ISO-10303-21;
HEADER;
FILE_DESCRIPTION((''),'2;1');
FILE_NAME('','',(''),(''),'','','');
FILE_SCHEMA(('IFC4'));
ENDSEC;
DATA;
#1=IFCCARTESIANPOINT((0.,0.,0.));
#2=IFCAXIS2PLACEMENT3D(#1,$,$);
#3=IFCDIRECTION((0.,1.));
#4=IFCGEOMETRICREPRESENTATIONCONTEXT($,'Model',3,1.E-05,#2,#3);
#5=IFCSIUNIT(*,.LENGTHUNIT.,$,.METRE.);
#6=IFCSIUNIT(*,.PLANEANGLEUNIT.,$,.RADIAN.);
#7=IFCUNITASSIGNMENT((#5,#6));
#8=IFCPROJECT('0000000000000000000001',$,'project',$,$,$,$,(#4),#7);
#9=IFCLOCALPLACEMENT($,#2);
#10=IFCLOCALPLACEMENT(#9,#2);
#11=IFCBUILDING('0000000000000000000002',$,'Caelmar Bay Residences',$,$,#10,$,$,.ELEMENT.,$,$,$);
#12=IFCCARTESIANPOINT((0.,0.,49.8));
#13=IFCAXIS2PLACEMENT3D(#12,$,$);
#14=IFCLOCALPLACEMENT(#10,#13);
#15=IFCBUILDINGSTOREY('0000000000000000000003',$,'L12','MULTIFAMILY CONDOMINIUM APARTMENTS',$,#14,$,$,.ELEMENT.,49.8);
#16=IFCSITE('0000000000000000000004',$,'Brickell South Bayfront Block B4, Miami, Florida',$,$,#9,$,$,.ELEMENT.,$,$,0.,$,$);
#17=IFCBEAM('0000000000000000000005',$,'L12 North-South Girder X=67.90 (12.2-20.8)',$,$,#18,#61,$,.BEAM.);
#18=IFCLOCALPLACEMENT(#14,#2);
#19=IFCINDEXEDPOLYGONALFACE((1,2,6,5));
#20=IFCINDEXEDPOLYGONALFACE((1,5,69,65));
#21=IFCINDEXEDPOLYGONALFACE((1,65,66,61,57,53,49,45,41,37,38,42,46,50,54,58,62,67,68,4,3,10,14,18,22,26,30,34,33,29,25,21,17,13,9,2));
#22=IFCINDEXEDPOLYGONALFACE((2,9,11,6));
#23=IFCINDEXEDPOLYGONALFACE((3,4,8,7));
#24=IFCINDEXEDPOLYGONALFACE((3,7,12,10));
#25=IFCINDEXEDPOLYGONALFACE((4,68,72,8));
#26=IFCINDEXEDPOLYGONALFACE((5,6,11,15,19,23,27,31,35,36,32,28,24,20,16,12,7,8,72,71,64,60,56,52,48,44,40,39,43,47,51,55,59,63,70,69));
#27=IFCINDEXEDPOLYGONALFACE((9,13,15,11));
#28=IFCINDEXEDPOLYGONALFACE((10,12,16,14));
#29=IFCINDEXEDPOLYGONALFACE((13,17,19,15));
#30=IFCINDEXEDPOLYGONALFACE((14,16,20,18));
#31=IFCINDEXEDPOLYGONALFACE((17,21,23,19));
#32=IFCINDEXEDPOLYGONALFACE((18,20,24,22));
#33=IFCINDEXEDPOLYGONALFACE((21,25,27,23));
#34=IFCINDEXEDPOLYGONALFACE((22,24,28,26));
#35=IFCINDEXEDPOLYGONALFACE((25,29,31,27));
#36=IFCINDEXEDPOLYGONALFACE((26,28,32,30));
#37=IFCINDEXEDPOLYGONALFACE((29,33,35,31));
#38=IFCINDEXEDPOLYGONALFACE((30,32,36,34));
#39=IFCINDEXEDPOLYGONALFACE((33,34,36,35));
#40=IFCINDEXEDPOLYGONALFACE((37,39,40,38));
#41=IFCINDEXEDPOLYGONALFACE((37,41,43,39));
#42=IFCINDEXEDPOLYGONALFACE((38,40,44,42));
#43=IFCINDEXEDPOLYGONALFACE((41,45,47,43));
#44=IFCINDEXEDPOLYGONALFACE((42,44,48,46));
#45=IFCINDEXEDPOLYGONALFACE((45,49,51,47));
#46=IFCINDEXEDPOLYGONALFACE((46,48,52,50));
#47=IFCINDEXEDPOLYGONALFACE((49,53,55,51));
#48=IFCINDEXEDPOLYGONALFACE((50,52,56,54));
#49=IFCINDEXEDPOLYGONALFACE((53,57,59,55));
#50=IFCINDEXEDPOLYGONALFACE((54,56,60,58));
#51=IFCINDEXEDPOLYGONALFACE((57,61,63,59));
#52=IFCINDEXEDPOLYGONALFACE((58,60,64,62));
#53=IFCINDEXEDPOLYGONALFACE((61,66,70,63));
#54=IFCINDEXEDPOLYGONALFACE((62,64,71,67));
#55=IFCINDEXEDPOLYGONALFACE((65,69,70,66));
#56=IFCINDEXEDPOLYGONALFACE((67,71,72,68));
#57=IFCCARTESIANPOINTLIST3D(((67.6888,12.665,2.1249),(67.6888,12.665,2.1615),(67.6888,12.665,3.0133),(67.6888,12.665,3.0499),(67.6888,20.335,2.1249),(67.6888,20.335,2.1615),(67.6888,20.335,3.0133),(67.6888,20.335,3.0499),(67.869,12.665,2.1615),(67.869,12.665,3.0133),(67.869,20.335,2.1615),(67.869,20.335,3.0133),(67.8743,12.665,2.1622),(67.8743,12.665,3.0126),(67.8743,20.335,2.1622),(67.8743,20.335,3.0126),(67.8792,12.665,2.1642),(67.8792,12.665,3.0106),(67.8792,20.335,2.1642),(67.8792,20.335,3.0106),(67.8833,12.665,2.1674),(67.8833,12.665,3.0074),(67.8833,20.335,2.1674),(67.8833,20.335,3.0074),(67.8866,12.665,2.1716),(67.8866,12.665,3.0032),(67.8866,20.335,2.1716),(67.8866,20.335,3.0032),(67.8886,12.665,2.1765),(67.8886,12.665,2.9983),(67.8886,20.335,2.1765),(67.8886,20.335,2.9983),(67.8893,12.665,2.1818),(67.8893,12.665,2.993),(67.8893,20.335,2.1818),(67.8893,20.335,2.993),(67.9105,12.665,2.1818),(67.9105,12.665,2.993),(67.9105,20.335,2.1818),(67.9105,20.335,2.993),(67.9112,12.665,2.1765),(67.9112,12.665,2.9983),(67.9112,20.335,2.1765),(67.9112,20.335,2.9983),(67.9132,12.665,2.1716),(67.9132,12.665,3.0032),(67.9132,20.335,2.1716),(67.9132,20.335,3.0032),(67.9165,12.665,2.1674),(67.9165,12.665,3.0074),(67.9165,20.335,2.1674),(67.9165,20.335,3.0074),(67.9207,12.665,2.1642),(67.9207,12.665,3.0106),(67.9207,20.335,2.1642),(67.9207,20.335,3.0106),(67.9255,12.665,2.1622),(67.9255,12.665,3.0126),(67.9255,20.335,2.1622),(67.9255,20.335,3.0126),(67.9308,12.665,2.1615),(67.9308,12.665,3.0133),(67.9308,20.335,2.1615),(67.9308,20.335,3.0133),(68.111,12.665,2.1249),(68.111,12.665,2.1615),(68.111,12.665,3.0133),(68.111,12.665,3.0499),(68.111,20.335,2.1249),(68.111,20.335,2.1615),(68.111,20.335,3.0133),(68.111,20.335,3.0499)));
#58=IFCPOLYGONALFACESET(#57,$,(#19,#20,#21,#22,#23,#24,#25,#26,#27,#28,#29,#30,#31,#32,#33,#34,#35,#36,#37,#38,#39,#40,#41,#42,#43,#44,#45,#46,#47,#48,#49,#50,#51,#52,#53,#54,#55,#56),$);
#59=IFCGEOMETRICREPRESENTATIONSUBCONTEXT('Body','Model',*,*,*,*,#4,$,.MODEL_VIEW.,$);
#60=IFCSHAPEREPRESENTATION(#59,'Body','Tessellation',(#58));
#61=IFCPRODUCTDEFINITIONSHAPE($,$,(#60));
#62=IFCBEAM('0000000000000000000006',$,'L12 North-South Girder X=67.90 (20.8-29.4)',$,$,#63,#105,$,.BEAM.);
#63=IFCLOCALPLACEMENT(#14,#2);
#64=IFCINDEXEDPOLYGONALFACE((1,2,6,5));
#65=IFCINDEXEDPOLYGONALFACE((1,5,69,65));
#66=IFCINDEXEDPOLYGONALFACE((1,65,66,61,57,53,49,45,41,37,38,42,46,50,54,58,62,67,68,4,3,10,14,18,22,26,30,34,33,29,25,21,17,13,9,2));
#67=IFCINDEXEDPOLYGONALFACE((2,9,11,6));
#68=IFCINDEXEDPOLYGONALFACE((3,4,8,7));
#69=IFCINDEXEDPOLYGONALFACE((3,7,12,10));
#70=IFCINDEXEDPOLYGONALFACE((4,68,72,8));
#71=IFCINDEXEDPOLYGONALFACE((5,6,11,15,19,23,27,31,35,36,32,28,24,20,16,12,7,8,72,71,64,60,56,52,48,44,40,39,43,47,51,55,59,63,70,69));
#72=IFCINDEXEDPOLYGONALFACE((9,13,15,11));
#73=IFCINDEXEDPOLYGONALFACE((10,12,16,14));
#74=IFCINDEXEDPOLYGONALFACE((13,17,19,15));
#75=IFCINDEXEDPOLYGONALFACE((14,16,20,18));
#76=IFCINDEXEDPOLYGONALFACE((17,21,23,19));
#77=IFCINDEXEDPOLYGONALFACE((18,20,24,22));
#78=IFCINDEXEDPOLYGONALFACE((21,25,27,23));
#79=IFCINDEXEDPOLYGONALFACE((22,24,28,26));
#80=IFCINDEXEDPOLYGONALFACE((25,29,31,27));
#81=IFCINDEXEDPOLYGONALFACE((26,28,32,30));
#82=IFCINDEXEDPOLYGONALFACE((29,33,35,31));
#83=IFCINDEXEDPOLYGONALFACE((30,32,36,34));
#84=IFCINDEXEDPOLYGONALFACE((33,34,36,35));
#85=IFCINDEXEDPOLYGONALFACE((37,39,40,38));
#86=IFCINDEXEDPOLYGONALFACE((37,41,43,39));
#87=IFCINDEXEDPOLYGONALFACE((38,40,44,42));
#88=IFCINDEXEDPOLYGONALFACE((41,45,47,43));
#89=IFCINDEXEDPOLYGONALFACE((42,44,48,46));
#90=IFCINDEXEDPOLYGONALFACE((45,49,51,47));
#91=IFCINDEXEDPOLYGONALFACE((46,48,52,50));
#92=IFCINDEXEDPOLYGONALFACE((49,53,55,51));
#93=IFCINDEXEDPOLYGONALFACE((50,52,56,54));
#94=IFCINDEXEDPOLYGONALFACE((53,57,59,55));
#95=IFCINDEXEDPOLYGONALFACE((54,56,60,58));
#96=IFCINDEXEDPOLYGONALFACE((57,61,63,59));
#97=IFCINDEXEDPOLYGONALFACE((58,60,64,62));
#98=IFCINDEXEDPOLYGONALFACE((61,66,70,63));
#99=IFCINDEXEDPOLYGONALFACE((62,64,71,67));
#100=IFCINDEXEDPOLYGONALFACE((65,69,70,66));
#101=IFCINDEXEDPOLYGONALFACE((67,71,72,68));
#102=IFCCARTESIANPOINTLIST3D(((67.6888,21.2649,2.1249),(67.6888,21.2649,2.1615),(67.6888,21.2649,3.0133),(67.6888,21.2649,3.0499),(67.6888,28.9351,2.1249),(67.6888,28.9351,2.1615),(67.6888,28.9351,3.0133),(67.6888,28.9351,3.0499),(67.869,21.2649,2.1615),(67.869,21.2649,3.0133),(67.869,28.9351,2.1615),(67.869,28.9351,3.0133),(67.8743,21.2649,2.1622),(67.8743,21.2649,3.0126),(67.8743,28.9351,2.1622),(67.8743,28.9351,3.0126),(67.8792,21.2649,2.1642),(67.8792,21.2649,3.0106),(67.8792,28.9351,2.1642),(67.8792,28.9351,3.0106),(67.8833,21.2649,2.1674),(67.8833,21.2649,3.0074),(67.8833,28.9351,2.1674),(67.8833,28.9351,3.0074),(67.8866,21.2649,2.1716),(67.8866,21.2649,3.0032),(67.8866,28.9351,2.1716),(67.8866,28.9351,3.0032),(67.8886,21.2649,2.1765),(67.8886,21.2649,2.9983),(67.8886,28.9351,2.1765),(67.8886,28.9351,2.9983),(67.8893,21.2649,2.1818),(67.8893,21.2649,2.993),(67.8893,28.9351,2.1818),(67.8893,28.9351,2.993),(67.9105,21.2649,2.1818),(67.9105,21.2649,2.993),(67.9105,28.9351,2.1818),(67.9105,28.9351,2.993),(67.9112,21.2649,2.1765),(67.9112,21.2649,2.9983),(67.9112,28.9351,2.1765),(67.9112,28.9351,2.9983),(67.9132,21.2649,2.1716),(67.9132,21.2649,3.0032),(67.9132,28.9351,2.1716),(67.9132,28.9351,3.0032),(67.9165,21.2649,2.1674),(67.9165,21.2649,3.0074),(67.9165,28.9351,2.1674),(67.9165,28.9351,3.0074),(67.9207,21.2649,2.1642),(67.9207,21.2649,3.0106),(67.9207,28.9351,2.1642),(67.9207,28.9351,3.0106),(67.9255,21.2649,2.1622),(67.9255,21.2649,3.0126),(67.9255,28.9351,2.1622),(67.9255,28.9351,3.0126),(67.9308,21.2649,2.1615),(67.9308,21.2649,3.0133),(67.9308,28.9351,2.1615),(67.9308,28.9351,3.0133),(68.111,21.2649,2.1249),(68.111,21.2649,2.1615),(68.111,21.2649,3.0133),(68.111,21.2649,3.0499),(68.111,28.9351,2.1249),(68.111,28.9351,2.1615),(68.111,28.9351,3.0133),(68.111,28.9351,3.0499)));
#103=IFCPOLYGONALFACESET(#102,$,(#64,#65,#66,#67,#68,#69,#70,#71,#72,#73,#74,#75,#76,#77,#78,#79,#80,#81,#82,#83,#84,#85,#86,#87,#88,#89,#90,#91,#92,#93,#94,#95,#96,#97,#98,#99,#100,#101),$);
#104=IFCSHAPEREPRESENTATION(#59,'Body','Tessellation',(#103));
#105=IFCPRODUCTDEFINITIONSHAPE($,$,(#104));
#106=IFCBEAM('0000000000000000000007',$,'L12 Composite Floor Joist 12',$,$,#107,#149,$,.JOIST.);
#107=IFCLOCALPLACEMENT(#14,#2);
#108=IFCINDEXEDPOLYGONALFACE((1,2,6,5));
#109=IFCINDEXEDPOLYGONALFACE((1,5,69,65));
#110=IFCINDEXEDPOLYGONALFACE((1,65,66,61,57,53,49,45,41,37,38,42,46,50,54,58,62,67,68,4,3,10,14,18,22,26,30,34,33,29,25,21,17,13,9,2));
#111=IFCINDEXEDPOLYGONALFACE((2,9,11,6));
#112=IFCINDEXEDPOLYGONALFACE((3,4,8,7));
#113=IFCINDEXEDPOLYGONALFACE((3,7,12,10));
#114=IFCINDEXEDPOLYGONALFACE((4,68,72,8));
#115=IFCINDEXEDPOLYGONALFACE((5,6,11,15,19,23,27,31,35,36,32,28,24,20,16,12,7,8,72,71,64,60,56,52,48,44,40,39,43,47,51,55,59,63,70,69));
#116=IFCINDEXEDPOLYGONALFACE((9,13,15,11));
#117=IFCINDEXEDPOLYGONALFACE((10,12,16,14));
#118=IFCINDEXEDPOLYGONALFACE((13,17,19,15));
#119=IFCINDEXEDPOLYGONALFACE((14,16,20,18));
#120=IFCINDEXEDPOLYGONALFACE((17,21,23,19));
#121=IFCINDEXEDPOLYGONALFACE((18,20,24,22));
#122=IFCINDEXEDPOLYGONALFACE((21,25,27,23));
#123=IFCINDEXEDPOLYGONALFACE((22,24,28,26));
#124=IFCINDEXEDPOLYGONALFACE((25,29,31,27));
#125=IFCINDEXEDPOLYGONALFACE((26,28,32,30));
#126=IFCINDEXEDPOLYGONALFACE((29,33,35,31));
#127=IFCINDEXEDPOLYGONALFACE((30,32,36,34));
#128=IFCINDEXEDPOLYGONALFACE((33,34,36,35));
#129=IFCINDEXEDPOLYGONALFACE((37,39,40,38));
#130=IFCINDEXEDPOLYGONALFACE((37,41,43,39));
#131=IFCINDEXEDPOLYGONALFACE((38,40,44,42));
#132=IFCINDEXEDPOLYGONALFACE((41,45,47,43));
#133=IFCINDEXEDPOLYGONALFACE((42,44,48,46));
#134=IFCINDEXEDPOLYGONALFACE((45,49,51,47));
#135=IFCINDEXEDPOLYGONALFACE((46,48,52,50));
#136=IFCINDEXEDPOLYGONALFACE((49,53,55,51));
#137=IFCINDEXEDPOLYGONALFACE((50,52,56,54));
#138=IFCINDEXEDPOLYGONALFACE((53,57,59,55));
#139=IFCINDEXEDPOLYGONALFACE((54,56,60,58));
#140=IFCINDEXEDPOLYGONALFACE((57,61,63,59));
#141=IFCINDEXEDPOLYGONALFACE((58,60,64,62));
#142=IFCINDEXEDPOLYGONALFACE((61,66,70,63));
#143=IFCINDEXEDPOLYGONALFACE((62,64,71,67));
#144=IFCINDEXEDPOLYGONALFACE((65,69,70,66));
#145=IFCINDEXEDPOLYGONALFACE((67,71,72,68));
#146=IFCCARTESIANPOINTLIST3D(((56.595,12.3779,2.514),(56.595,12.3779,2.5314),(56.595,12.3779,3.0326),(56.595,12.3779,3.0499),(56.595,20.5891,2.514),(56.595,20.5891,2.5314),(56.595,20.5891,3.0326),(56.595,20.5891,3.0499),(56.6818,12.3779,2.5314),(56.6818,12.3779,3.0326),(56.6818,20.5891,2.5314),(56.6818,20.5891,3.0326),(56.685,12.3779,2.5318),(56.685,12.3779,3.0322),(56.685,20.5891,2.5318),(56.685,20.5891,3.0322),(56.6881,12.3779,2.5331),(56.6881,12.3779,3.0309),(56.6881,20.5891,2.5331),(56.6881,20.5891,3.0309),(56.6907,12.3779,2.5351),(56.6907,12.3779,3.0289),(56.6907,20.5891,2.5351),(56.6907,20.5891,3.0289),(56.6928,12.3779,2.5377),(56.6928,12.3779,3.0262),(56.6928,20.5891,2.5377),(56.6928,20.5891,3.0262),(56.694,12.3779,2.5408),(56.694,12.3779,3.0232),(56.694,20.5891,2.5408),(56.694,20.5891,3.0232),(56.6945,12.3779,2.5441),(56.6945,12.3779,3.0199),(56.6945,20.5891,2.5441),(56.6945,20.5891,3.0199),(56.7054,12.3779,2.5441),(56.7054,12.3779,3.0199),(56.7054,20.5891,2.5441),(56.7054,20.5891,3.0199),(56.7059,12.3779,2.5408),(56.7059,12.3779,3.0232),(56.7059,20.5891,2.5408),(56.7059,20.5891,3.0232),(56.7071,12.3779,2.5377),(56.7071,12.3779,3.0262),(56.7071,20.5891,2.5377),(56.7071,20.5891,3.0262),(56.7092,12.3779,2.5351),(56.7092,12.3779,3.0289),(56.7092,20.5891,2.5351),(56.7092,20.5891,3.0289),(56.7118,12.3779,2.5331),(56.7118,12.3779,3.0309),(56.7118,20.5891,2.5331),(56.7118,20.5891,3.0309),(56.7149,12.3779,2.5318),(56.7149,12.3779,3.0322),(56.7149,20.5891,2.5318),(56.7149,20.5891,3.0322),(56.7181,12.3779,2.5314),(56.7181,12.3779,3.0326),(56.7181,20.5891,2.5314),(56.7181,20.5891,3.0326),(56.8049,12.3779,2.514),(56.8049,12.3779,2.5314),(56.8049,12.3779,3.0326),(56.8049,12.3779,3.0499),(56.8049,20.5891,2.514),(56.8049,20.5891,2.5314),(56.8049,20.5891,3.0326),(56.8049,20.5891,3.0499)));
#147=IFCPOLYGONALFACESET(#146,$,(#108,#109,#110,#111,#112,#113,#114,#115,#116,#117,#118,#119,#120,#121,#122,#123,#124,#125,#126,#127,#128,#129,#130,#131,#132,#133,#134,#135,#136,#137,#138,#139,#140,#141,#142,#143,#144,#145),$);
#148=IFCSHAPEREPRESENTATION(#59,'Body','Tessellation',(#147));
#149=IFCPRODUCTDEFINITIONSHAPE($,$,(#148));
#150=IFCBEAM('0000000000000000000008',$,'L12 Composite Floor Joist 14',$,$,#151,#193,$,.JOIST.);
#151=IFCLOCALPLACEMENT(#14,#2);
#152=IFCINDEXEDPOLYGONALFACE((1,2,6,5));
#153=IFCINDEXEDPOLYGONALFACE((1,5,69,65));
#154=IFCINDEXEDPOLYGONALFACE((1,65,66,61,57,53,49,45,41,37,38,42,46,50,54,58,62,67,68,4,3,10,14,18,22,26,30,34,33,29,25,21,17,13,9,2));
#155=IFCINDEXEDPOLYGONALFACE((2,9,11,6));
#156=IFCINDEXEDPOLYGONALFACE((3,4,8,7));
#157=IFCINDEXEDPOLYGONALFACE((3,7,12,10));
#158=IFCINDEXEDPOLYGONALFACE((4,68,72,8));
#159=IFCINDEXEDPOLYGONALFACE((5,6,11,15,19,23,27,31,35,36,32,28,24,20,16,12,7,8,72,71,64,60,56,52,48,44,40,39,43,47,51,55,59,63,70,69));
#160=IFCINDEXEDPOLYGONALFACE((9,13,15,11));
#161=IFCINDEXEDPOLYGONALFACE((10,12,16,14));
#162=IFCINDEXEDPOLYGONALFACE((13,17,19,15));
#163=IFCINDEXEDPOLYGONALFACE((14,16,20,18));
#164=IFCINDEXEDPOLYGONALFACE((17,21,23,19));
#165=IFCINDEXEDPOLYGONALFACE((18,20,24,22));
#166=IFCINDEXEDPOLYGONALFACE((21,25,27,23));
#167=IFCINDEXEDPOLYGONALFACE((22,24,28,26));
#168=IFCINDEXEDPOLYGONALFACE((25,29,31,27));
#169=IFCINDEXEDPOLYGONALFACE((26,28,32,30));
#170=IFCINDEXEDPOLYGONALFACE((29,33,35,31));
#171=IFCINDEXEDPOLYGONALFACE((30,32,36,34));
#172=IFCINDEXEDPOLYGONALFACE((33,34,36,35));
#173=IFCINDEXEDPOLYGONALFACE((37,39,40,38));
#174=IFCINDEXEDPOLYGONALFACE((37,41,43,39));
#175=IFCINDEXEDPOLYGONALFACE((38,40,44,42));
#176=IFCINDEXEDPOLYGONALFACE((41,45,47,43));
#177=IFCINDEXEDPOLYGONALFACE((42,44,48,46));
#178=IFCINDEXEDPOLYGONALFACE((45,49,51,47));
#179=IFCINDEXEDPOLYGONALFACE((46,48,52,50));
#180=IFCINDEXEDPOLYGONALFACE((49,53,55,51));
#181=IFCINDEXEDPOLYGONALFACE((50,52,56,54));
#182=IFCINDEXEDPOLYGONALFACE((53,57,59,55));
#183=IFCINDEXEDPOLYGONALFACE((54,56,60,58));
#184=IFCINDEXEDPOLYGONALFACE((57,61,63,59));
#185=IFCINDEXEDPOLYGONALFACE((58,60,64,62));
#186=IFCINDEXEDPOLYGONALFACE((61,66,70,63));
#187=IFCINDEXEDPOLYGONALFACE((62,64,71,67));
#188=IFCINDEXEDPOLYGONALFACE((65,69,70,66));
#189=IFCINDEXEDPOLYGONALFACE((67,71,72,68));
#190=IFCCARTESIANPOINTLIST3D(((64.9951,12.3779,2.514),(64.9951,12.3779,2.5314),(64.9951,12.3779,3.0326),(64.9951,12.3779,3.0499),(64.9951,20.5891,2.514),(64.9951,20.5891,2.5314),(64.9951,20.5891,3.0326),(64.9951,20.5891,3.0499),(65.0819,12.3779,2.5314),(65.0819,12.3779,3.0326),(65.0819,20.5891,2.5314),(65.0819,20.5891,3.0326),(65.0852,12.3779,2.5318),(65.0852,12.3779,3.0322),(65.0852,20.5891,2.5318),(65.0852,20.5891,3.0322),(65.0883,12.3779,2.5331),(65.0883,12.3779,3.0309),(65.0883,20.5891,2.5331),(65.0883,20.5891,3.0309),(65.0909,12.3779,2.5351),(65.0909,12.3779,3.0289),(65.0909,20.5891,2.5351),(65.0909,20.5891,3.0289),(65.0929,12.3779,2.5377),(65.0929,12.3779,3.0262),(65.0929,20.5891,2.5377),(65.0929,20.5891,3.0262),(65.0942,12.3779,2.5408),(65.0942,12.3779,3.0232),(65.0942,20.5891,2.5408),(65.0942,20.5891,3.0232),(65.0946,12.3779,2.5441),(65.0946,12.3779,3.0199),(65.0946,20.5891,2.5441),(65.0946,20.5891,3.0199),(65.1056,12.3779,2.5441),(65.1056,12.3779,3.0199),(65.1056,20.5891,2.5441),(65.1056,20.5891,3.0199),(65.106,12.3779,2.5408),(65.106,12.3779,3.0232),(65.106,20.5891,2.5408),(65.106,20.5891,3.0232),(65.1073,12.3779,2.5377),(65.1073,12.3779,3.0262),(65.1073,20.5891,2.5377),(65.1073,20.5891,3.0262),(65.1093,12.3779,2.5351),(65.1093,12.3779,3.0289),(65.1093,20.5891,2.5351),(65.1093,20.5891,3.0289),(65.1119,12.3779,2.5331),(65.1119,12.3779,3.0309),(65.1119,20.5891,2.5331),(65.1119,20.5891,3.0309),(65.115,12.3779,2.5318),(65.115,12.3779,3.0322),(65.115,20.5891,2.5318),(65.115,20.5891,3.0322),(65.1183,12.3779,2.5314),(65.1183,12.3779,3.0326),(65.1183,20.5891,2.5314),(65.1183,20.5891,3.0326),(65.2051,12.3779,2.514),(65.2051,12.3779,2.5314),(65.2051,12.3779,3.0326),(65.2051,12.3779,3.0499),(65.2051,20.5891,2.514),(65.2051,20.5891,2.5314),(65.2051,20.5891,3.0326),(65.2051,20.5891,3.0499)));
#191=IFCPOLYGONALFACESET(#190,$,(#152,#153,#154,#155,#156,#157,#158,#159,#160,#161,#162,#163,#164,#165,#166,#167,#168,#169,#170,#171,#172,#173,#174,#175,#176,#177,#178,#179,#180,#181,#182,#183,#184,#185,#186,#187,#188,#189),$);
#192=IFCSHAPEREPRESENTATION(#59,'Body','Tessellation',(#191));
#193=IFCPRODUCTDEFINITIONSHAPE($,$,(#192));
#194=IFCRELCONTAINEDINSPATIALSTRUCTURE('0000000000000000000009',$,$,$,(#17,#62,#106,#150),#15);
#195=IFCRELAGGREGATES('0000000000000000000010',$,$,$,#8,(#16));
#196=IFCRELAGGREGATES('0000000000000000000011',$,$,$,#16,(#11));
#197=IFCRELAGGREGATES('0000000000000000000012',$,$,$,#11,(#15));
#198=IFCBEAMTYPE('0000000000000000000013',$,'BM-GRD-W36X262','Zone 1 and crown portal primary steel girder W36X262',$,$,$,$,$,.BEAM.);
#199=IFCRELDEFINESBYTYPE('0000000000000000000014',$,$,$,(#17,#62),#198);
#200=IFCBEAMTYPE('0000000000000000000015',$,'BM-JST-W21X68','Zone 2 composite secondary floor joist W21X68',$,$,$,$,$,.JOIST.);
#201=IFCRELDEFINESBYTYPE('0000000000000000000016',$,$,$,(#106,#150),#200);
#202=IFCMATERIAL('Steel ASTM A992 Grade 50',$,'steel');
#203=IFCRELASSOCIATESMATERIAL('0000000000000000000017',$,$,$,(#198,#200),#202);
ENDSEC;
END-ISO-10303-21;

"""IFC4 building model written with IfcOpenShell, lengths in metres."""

from ifc_helpers import new_model, si_unit, direction, frame, origin, origin_2d, place, context, subcontext, project, spatial, i_section, extrude, material, material_profile, profile_set, type_object, element, save


model = new_model("IFC4")

# Units and contexts
model_context = context("Model", 3, precision=1e-05, world=origin(), true_north=direction((0.0, 1.0)))
body_context = subcontext(model_context, "Body", "Model", "MODEL_VIEW")
ifc_project = project(units=[si_unit("LENGTHUNIT", "METRE"), si_unit("PLANEANGLEUNIT", "RADIAN")], contexts=[model_context])

# Site, building, storey
site_placement = place(None, origin())
site = spatial("IfcSite", under=ifc_project, at=site_placement, Name="Brickell South Bayfront Block B4, Miami, Florida", CompositionType="ELEMENT", RefElevation=0.0)
building_placement = place(site_placement, origin())
building = spatial("IfcBuilding", under=site, at=building_placement, Name="Caelmar Bay Residences", CompositionType="ELEMENT")
storey_placement = place(building_placement, frame((0.0, 0.0, 49.8)))
storey = spatial("IfcBuildingStorey", under=building, at=storey_placement, Name="L12", Description="MULTIFAMILY CONDOMINIUM APARTMENTS", CompositionType="ELEMENT", Elevation=49.8)

# Beams
ifc_material_1 = material(Name="Steel ASTM A992 Grade 50", Category="steel")
ifc_material_profile_1 = material_profile(ifc_material_1, i_section(OverallWidth=0.4221, OverallDepth=0.925, WebThickness=0.0212, FlangeThickness=0.0366, FilletRadius=0.0203, at=origin_2d()), Name="W36X262")
ifc_profile_set_1 = profile_set([ifc_material_profile_1], Name="Steel ASTM A992 Grade 50")
beam_type_1 = type_object("IfcBeamType", Name="BM-GRD-W36X262", Description="Zone 1 and crown portal primary steel girder W36X262", PredefinedType="BEAM", material=ifc_profile_set_1)
beam_1_placement = place(storey_placement, frame((67.8999, 12.665, 2.5874), z_axis=(0.0, 1.0, 0.0), x_axis=(-1.0, 0.0, 0.0)))
element("IfcBeam", 1, at=beam_1_placement, inside=storey, type_object=beam_type_1, Name="L12 North-South Girder X=67.90 (12.2-20.8)", PredefinedType="BEAM", context=body_context, shape_type="SweptSolid", body=[
    extrude(i_section(OverallWidth=0.4221, OverallDepth=0.925, WebThickness=0.0212, FlangeThickness=0.0366, FilletRadius=0.0203, at=origin_2d()), origin(), (0.0, 0.0, 1.0), 7.6699),
])
beam_2_placement = place(storey_placement, frame((67.8999, 21.2649, 2.5874), z_axis=(0.0, 1.0, 0.0), x_axis=(-1.0, 0.0, 0.0)))
element("IfcBeam", 2, at=beam_2_placement, inside=storey, type_object=beam_type_1, Name="L12 North-South Girder X=67.90 (20.8-29.4)", PredefinedType="BEAM", context=body_context, shape_type="SweptSolid", body=[
    extrude(i_section(OverallWidth=0.4221, OverallDepth=0.925, WebThickness=0.0212, FlangeThickness=0.0366, FilletRadius=0.0203, at=origin_2d()), origin(), (0.0, 0.0, 1.0), 7.6702),
])
ifc_material_profile_2 = material_profile(ifc_material_1, i_section(OverallWidth=0.21, OverallDepth=0.5359, WebThickness=0.011, FlangeThickness=0.0173, FilletRadius=0.0127, at=origin_2d()), Name="W21X68")
ifc_profile_set_2 = profile_set([ifc_material_profile_2], Name="Steel ASTM A992 Grade 50")
beam_type_2 = type_object("IfcBeamType", Name="BM-JST-W21X68", Description="Zone 2 composite secondary floor joist W21X68", PredefinedType="JOIST", material=ifc_profile_set_2)
for number, where, z_axis, x_axis, name in (
    (3, (56.7, 12.3779, 2.782), (0.0, 1.0, 0.0), (-1.0, 0.0, 0.0), "L12 Composite Floor Joist 12"),
    (4, (65.1001, 12.3779, 2.782), (0.0, 1.0, 0.0), (-1.0, 0.0, 0.0), "L12 Composite Floor Joist 14"),
):
    element("IfcBeam", number, at=place(storey_placement, frame(where, z_axis=z_axis, x_axis=x_axis)), inside=storey, type_object=beam_type_2, Name=name, PredefinedType="JOIST", context=body_context, shape_type="SweptSolid", body=[
        extrude(i_section(OverallWidth=0.21, OverallDepth=0.5359, WebThickness=0.011, FlangeThickness=0.0173, FilletRadius=0.0127, at=origin_2d()), origin(), (0.0, 0.0, 1.0), 8.2112),
    ])

save(model, "model.ifc")
